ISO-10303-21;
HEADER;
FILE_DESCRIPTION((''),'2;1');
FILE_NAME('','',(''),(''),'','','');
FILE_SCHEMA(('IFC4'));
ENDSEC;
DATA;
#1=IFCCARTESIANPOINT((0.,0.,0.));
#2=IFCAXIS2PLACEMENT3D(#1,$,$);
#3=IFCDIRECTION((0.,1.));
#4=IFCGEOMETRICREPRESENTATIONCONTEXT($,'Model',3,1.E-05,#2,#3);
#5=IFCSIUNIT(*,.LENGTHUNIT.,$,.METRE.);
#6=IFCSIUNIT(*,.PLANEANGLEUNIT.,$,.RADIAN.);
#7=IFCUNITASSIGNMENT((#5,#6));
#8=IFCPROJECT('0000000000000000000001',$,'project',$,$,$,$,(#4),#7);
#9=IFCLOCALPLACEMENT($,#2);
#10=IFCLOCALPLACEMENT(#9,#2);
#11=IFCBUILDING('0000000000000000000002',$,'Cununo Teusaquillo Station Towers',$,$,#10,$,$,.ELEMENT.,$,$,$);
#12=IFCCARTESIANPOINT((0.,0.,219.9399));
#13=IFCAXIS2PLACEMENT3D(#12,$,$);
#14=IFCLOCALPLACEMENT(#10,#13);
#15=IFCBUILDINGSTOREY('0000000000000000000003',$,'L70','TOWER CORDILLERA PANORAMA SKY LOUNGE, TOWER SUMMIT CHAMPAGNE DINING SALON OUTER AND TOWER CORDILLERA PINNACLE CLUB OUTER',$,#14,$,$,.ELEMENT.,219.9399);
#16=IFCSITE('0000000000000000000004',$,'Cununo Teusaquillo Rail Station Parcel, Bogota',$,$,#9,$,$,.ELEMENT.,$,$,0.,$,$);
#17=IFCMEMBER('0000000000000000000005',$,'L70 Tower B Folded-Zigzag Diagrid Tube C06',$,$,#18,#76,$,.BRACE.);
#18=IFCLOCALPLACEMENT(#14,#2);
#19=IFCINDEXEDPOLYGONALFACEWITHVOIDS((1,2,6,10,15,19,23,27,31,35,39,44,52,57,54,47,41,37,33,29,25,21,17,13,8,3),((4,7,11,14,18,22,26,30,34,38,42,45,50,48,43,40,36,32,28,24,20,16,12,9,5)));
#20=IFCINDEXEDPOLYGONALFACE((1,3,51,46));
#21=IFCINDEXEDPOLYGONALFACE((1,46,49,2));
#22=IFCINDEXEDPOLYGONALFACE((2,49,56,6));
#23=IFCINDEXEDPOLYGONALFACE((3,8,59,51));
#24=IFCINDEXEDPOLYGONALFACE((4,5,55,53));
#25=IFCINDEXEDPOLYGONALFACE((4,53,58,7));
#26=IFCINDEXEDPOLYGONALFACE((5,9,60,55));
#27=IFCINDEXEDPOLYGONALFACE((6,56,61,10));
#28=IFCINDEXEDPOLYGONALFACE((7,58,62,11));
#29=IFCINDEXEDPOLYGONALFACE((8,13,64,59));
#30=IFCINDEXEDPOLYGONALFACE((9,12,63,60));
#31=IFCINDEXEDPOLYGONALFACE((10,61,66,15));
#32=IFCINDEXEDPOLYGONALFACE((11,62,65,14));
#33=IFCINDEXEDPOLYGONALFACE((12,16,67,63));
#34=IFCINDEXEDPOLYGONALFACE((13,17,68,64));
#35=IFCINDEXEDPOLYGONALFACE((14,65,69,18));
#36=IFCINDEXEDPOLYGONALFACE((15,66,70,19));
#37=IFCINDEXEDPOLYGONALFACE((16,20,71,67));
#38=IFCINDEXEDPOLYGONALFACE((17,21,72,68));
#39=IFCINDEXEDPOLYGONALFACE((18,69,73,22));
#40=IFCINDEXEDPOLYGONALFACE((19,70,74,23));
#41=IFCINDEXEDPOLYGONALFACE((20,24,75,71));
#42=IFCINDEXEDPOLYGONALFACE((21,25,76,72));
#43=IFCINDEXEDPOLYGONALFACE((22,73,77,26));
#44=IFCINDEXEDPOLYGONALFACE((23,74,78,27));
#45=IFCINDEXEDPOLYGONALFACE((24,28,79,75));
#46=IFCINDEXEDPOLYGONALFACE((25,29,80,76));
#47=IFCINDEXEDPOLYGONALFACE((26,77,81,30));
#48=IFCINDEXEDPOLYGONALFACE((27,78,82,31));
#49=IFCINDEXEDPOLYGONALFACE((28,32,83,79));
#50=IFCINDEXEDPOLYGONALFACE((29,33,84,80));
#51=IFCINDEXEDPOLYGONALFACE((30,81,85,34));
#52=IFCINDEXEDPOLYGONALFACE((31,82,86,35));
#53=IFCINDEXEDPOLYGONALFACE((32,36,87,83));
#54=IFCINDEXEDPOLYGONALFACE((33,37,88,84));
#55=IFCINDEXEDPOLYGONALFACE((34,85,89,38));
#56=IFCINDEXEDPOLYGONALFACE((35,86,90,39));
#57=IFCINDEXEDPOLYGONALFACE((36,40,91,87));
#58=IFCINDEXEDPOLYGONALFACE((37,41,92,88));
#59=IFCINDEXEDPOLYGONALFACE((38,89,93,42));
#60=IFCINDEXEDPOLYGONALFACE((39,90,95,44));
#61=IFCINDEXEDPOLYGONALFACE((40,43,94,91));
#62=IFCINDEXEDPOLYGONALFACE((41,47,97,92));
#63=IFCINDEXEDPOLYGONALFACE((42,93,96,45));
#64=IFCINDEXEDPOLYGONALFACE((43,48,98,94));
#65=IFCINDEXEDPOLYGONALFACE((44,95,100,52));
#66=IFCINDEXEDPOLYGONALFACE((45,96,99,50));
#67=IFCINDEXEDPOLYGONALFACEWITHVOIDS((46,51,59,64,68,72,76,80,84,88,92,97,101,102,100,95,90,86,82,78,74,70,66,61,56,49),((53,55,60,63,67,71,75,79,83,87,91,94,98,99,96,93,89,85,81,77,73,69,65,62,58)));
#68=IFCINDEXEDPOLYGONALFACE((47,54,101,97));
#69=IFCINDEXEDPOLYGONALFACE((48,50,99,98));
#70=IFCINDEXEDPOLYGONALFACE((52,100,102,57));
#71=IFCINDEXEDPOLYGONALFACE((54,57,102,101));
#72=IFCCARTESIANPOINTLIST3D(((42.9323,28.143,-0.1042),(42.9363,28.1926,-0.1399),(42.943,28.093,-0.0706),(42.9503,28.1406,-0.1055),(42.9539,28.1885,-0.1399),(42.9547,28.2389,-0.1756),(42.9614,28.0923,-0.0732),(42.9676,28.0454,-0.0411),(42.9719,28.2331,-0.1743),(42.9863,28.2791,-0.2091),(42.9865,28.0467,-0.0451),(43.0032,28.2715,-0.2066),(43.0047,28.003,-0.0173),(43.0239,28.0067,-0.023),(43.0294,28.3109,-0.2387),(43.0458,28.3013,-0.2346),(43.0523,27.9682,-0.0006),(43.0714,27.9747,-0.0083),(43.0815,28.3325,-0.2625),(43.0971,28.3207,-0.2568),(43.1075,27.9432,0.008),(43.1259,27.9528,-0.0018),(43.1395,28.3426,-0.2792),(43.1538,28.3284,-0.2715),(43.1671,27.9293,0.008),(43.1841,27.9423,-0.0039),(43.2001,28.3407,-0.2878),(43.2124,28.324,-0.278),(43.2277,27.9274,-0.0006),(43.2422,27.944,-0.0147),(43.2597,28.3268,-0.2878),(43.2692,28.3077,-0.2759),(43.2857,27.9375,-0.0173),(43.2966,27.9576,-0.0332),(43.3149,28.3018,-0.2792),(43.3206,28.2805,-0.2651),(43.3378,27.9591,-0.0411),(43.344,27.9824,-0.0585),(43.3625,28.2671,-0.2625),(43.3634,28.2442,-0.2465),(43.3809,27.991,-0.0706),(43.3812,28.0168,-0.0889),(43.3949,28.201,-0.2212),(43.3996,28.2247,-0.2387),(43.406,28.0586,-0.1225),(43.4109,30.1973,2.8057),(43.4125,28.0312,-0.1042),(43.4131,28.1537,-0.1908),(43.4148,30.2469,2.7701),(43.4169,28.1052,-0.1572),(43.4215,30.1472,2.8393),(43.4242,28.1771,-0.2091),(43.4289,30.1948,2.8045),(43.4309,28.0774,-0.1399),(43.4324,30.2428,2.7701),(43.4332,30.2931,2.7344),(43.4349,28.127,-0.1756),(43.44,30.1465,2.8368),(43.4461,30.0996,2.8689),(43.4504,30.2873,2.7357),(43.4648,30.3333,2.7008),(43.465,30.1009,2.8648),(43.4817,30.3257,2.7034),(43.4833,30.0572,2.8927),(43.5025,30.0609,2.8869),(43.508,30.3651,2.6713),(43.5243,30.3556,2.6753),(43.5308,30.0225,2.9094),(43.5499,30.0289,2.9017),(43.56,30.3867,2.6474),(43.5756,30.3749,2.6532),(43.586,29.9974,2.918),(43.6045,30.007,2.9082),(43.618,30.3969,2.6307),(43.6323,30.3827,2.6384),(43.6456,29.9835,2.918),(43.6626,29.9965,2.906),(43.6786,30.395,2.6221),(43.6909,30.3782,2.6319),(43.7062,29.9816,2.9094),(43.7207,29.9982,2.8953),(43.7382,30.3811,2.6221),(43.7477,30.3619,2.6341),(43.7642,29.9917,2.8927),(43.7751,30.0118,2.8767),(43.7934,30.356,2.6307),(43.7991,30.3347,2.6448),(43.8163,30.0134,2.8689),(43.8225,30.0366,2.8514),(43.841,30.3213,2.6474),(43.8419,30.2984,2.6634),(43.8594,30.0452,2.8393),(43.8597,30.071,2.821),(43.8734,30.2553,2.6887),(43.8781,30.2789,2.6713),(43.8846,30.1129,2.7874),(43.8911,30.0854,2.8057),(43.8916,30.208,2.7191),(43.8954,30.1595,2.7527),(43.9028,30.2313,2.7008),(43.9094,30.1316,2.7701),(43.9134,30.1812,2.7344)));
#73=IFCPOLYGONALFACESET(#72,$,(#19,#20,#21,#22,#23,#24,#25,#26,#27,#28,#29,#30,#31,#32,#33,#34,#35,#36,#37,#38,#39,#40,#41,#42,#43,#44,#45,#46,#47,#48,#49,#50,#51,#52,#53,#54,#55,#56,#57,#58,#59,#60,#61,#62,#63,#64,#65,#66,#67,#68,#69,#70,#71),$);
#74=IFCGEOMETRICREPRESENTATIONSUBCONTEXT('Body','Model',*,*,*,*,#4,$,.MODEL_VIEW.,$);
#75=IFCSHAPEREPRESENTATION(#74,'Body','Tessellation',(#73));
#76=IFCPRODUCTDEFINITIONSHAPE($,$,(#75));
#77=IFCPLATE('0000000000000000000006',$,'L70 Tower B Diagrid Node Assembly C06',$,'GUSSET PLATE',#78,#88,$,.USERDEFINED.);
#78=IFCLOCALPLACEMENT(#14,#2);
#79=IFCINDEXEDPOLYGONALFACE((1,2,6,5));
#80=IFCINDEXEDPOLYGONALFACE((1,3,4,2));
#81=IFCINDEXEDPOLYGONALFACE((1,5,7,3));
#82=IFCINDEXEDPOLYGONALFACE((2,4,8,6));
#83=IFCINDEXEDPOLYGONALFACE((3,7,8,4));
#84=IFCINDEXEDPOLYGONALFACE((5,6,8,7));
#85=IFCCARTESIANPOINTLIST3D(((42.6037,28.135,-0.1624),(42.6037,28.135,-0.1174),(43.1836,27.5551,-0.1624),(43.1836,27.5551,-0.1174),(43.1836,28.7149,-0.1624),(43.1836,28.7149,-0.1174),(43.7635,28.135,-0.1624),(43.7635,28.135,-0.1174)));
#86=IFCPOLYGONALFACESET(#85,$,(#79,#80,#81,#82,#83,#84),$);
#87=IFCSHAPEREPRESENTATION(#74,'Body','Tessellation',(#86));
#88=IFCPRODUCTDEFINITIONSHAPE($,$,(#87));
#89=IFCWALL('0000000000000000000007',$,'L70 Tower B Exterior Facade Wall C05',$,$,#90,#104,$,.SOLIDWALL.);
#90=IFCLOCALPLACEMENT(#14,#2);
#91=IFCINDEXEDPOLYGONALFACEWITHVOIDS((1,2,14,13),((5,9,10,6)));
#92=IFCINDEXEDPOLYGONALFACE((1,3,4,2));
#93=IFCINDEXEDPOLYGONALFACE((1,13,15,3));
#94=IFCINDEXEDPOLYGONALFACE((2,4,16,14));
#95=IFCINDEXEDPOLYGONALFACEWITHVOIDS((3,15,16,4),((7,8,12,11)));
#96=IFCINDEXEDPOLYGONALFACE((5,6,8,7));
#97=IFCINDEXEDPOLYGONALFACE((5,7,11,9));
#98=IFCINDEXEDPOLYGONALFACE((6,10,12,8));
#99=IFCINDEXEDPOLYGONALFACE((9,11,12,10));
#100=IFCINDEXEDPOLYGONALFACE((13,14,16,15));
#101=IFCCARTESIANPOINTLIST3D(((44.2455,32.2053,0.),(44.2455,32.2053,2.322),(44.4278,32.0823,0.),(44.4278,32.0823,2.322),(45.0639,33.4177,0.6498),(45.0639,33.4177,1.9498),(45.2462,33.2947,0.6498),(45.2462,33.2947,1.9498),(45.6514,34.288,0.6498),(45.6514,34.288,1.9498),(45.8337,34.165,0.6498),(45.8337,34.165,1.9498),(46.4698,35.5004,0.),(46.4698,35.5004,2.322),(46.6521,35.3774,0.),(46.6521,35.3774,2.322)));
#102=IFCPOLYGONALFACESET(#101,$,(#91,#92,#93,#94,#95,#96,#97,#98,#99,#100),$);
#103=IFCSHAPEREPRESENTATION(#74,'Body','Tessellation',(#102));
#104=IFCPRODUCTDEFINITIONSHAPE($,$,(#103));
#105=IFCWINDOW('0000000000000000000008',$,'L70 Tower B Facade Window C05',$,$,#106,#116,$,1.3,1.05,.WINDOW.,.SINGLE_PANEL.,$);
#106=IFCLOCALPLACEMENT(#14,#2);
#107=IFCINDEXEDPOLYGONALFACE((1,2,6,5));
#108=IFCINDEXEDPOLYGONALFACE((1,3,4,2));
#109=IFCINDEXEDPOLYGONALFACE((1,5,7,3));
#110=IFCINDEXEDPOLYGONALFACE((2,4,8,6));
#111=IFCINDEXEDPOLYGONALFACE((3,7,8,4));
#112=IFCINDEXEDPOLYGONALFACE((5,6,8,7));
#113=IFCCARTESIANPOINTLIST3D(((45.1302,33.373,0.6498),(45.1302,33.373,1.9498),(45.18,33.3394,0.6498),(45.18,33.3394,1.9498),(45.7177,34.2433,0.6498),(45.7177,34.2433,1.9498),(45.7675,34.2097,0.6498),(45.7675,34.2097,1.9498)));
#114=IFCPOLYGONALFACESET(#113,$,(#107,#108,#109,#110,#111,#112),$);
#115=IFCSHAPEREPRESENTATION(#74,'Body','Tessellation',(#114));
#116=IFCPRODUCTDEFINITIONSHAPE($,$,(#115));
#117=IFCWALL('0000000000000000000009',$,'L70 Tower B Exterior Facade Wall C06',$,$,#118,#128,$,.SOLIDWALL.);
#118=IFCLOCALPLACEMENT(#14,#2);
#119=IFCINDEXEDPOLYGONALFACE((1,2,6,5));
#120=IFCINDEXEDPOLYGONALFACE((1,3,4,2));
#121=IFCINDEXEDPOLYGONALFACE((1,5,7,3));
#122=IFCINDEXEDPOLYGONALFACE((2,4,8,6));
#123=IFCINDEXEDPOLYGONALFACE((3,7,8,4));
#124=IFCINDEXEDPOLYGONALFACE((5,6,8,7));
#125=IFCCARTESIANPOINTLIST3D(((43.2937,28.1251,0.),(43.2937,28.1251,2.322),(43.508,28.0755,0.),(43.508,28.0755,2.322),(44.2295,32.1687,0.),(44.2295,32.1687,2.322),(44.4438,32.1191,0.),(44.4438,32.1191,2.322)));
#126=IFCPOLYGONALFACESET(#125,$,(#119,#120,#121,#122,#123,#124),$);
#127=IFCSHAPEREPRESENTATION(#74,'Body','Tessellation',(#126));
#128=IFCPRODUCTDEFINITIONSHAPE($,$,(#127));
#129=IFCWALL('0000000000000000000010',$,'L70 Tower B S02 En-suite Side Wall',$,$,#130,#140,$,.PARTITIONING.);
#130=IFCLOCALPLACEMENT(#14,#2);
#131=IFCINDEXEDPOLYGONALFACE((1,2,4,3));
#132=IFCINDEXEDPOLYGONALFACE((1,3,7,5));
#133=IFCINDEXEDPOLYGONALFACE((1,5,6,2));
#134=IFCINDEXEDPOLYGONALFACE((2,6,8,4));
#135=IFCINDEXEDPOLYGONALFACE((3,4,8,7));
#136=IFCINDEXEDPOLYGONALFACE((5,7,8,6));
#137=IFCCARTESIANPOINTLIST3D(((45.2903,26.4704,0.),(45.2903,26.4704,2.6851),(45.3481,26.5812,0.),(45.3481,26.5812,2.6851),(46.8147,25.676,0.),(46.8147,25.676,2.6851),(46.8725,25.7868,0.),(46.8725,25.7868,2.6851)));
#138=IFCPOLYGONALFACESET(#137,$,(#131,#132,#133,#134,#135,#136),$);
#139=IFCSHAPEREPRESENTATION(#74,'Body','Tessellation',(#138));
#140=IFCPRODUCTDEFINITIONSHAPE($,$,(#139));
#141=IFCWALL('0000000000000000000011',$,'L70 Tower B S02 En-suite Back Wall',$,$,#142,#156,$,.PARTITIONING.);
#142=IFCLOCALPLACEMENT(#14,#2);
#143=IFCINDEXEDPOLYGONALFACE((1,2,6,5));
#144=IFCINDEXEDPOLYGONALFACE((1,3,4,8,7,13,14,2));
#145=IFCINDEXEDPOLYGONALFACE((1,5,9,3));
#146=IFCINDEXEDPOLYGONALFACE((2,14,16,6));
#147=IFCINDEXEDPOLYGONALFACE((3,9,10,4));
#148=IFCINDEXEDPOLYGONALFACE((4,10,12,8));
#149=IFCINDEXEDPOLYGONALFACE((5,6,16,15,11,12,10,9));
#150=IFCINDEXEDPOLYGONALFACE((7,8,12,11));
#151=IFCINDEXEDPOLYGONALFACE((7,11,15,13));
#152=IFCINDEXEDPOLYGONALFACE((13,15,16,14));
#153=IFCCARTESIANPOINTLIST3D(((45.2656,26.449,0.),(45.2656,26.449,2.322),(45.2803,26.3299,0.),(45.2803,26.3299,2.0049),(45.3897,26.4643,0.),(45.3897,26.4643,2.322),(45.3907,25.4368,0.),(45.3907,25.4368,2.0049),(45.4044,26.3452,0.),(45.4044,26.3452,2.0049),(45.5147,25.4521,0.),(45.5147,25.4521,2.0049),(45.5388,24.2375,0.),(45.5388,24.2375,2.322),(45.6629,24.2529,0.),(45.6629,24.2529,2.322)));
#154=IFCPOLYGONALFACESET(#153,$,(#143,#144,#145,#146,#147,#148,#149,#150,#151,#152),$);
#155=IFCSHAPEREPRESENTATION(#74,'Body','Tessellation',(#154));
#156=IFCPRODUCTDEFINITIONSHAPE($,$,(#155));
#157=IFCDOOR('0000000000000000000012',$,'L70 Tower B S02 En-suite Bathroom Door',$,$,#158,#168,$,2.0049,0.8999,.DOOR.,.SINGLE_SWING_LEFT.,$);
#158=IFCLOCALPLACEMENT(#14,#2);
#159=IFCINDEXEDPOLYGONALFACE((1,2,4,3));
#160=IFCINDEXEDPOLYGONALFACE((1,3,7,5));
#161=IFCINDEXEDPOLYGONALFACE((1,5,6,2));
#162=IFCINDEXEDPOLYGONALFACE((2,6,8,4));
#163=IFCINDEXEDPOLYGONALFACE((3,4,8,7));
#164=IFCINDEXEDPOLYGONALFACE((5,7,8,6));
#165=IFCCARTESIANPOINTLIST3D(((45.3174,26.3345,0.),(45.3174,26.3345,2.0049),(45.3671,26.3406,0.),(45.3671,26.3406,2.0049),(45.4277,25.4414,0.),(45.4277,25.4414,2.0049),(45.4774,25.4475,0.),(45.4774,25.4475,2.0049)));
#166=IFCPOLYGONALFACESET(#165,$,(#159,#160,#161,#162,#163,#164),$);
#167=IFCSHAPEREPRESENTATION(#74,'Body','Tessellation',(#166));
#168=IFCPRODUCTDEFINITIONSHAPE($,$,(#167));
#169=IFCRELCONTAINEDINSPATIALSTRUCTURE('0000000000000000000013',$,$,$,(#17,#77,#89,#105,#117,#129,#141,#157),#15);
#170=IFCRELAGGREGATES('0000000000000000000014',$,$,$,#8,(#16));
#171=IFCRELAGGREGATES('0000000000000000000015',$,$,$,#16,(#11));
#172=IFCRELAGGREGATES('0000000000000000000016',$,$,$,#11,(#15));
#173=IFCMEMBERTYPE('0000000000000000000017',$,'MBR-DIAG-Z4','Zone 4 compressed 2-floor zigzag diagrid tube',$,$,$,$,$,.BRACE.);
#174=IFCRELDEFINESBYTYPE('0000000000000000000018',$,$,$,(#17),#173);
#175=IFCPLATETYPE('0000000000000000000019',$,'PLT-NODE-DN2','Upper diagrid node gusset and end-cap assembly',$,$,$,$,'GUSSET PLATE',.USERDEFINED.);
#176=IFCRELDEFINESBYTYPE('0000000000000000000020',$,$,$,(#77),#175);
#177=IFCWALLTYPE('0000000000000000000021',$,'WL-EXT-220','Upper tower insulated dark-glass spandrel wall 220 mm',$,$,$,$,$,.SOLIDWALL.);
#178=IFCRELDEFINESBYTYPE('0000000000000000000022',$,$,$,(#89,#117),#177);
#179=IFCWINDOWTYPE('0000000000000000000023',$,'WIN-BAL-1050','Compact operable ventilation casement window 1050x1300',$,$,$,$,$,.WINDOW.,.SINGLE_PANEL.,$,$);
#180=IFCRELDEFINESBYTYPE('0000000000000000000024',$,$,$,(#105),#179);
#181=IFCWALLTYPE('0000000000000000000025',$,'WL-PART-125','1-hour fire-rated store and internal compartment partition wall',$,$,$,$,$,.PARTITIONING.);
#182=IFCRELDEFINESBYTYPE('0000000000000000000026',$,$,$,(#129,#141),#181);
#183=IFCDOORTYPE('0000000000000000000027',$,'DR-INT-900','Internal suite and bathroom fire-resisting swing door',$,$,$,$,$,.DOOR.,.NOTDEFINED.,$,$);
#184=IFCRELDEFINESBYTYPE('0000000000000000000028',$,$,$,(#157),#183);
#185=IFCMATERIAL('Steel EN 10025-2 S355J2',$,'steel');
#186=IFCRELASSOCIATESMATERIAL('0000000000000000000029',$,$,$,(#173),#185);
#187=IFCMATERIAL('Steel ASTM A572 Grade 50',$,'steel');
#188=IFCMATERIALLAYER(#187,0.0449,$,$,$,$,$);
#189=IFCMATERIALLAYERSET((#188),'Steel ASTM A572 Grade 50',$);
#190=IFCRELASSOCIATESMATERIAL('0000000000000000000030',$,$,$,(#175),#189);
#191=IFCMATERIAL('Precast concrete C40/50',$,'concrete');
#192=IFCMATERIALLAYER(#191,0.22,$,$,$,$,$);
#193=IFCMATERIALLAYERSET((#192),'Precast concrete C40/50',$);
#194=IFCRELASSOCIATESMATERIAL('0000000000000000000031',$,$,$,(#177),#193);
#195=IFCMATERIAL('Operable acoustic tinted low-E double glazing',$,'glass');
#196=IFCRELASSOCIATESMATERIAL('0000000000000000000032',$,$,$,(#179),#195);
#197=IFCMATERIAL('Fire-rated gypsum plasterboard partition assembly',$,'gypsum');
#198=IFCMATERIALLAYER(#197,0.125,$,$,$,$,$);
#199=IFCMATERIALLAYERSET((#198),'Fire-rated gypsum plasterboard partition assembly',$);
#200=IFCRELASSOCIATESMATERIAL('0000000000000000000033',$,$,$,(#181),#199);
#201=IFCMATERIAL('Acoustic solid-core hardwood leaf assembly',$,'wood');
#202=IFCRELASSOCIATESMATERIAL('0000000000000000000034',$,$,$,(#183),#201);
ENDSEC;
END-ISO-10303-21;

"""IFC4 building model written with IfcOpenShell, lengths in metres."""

from ifc_helpers import new_model, si_unit, direction, frame, frame_2d, origin, origin_2d, place, context, subcontext, project, spatial, rectangle, hollow_circle, extrude, source, transform, mapped, material, layer, layer_set, material_profile, profile_set, type_object, element, fill, save


model = new_model("IFC4")

# Units and contexts
model_context = context("Model", 3, precision=1e-05, world=origin(), true_north=direction((0.0, 1.0)))
body_context = subcontext(model_context, "Body", "Model", "MODEL_VIEW")
ifc_project = project(units=[si_unit("LENGTHUNIT", "METRE"), si_unit("PLANEANGLEUNIT", "RADIAN")], contexts=[model_context])

# Site, building, storey
site_placement = place(None, origin())
site = spatial("IfcSite", under=ifc_project, at=site_placement, Name="Cununo Teusaquillo Rail Station Parcel, Bogota", CompositionType="ELEMENT", RefElevation=0.0)
building_placement = place(site_placement, origin())
building = spatial("IfcBuilding", under=site, at=building_placement, Name="Cununo Teusaquillo Station Towers", CompositionType="ELEMENT")
storey_placement = place(building_placement, frame((0.0, 0.0, 219.9399)))
storey = spatial("IfcBuildingStorey", under=building, at=storey_placement, Name="L70", Description="TOWER CORDILLERA PANORAMA SKY LOUNGE, TOWER SUMMIT CHAMPAGNE DINING SALON OUTER AND TOWER CORDILLERA PINNACLE CLUB OUTER", CompositionType="ELEMENT", Elevation=219.9399)

# Member
ifc_material_1 = material(Name="Steel EN 10025-2 S355J2", Category="steel")
ifc_material_profile_1 = material_profile(ifc_material_1, hollow_circle(Radius=0.2539, WallThickness=0.0181, at=origin_2d()), Name="CHS 508x18")
ifc_profile_set_1 = profile_set([ifc_material_profile_1], Name="Steel EN 10025-2 S355J2")
member_type = type_object("IfcMemberType", Name="MBR-DIAG-Z4", Description="Zone 4 compressed 2-floor zigzag diagrid tube", PredefinedType="BRACE", material=ifc_profile_set_1)
member_placement = place(storey_placement, frame((43.1836, 28.135, -0.1399), z_axis=(0.133146, 0.571575, 0.809675), x_axis=(-0.973925, 0.226871, 0.0)))
element("IfcMember", 1, at=member_placement, inside=storey, type_object=member_type, Name="L70 Tower B Folded-Zigzag Diagrid Tube C06", PredefinedType="BRACE", context=body_context, shape_type="SweptSolid", body=[
    extrude(hollow_circle(Radius=0.2539, WallThickness=0.0181, at=origin_2d()), origin(), (0.0, 0.0, 1.0), 3.594),
])

# Plate
ifc_material_2 = material(Name="Steel ASTM A572 Grade 50", Category="steel")
ifc_layer_1 = layer(ifc_material_2, 0.0449)
ifc_layer_set_1 = layer_set([ifc_layer_1], Name="Steel ASTM A572 Grade 50")
plate_type = type_object("IfcPlateType", Name="PLT-NODE-DN2", Description="Upper diagrid node gusset and end-cap assembly", ElementType="GUSSET PLATE", PredefinedType="USERDEFINED", material=ifc_layer_set_1)
shared_shape_1 = source(origin(), body_context, "Body", "SweptSolid", [
    extrude(rectangle(XDim=0.8201, YDim=0.8201, at=origin_2d()), origin(), (0.0, 0.0, 1.0), 0.0449),
])
plate_placement = place(storey_placement, frame((43.1836, 28.135, -0.1624), z_axis=(0.0, 0.0, 1.0), x_axis=(0.707107, 0.707107, 0.0)))
element("IfcPlate", 2, at=plate_placement, inside=storey, type_object=plate_type, Name="L70 Tower B Diagrid Node Assembly C06", ObjectType="GUSSET PLATE", PredefinedType="USERDEFINED", context=body_context, shape_type="MappedRepresentation", body=[
    mapped(shared_shape_1, transform((0.0, 0.0, 0.0), x_axis=(1.0, 0.0, 0.0), y_axis=(0.0, 1.0, 0.0), z_axis=(0.0, 0.0, 1.0), scale=1.0)),
])

# Wall, opening, window
ifc_material_3 = material(Name="Precast concrete C40/50", Category="concrete")
ifc_layer_2 = layer(ifc_material_3, 0.22)
ifc_layer_set_2 = layer_set([ifc_layer_2], Name="Precast concrete C40/50")
wall_type_1 = type_object("IfcWallType", Name="WL-EXT-220", Description="Upper tower insulated dark-glass spandrel wall 220 mm", PredefinedType="SOLIDWALL", material=ifc_layer_set_2)
wall_1_placement = place(storey_placement, frame((44.3367, 32.1438, 0.0), z_axis=(0.0, 0.0, 1.0), x_axis=(0.559495, 0.828834, 0.0)))
wall_1 = element("IfcWall", 3, at=wall_1_placement, inside=storey, type_object=wall_type_1, Name="L70 Tower B Exterior Facade Wall C05", PredefinedType="SOLIDWALL", context=body_context, shape_type="SweptSolid", body=[
    extrude(rectangle(XDim=3.9756, YDim=0.22, at=frame_2d((1.9878, 0.0))), origin(), (0.0, 0.0, 1.0), 2.322),
])
shared_shape_2 = source(origin(), body_context, "Body", "SweptSolid", [
    extrude(rectangle(XDim=1.05, YDim=1.3, at=frame_2d((0.5249, 0.6499))), frame((0.0, 0.1199, 0.0), z_axis=(0.0, -1.0, 0.0), x_axis=(1.0, 0.0, 0.0)), (0.0, 0.0, 1.0), 0.24),
])
opening_1_placement = place(wall_1_placement, frame((1.4629, 0.0, 0.6499)))
opening_1 = element("IfcOpeningElement", 4, at=opening_1_placement, cuts=wall_1, PredefinedType="OPENING", context=body_context, shape_type="MappedRepresentation", body=[
    mapped(shared_shape_2, transform((0.0, 0.0, 0.0), x_axis=(1.0, 0.0, 0.0), y_axis=(0.0, 1.0, 0.0), z_axis=(0.0, 0.0, 1.0), scale=1.0)),
])
ifc_material_4 = material(Name="Operable acoustic tinted low-E double glazing", Category="glass")
window_type = type_object("IfcWindowType", Name="WIN-BAL-1050", Description="Compact operable ventilation casement window 1050x1300", PartitioningType="SINGLE_PANEL", PredefinedType="WINDOW", material=ifc_material_4)
shared_shape_3 = source(origin(), body_context, "Body", "SweptSolid", [
    extrude(rectangle(XDim=1.05, YDim=1.3, at=frame_2d((0.5249, 0.6499))), frame((0.0, 0.03, 0.0), z_axis=(0.0, -1.0, 0.0), x_axis=(1.0, 0.0, 0.0)), (0.0, 0.0, 1.0), 0.0601),
])
window_placement = place(opening_1_placement, origin())
window = element("IfcWindow", 5, at=window_placement, inside=storey, type_object=window_type, Name="L70 Tower B Facade Window C05", OverallHeight=1.3, OverallWidth=1.05, PartitioningType="SINGLE_PANEL", PredefinedType="WINDOW", context=body_context, shape_type="MappedRepresentation", body=[
    mapped(shared_shape_3, transform((0.0, 0.0, 0.0), x_axis=(1.0, 0.0, 0.0), y_axis=(0.0, 1.0, 0.0), z_axis=(0.0, 0.0, 1.0), scale=1.0)),
])
fill(opening_1, window)

# Walls
wall_2_placement = place(storey_placement, frame((43.4009, 28.1003, 0.0), z_axis=(0.0, 0.0, 1.0), x_axis=(0.225474, 0.974249, 0.0)))
element("IfcWall", 6, at=wall_2_placement, inside=storey, type_object=wall_type_1, Name="L70 Tower B Exterior Facade Wall C06", PredefinedType="SOLIDWALL", context=body_context, shape_type="SweptSolid", body=[
    extrude(rectangle(XDim=4.1504, YDim=0.22, at=frame_2d((2.0752, 0.0))), origin(), (0.0, 0.0, 1.0), 2.322),
])
ifc_material_5 = material(Name="Fire-rated gypsum plasterboard partition assembly", Category="gypsum")
ifc_layer_3 = layer(ifc_material_5, 0.125)
ifc_layer_set_3 = layer_set([ifc_layer_3], Name="Fire-rated gypsum plasterboard partition assembly")
wall_type_2 = type_object("IfcWallType", Name="WL-PART-125", Description="1-hour fire-rated store and internal compartment partition wall", PredefinedType="PARTITIONING", material=ifc_layer_set_3)
wall_3_placement = place(storey_placement, frame((46.8435, 25.7314, 0.0), z_axis=(0.0, 0.0, 1.0), x_axis=(-0.886803, 0.462149, 0.0)))
element("IfcWall", 7, at=wall_3_placement, inside=storey, type_object=wall_type_2, Name="L70 Tower B S02 En-suite Side Wall", PredefinedType="PARTITIONING", context=body_context, shape_type="SweptSolid", body=[
    extrude(rectangle(XDim=1.719, YDim=0.125, at=frame_2d((0.8594, 0.0))), origin(), (0.0, 0.0, 1.0), 2.6851),
])

# Wall, opening, door
wall_4_placement = place(storey_placement, frame((45.3276, 26.4568, 0.0), z_axis=(0.0, 0.0, 1.0), x_axis=(0.122605, -0.992456, 0.0)))
wall_4 = element("IfcWall", 8, at=wall_4_placement, inside=storey, type_object=wall_type_2, Name="L70 Tower B S02 En-suite Back Wall", PredefinedType="PARTITIONING", context=body_context, shape_type="SweptSolid", body=[
    extrude(rectangle(XDim=2.2283, YDim=0.125, at=frame_2d((1.1143, 0.0))), origin(), (0.0, 0.0, 1.0), 2.322),
])
shared_shape_4 = source(origin(), body_context, "Body", "SweptSolid", [
    extrude(rectangle(XDim=0.8999, YDim=2.0049, at=frame_2d((0.45, 1.0024))), frame((0.0, 0.0725, 0.0), z_axis=(0.0, -1.0, 0.0), x_axis=(1.0, 0.0, 0.0)), (0.0, 0.0, 1.0), 0.145),
])
opening_2_placement = place(wall_4_placement, frame((0.1201, 0.0, 0.0)))
opening_2 = element("IfcOpeningElement", 9, at=opening_2_placement, cuts=wall_4, PredefinedType="OPENING", context=body_context, shape_type="MappedRepresentation", body=[
    mapped(shared_shape_4, transform((0.0, 0.0, 0.0), x_axis=(1.0, 0.0, 0.0), y_axis=(0.0, 1.0, 0.0), z_axis=(0.0, 0.0, 1.0), scale=1.0)),
])
ifc_material_6 = material(Name="Acoustic solid-core hardwood leaf assembly", Category="wood")
door_type_1 = type_object("IfcDoorType", Name="DR-INT-900", Description="Internal suite and bathroom fire-resisting swing door", OperationType="NOTDEFINED", PredefinedType="DOOR", material=ifc_material_6)
shared_shape_5 = source(origin(), body_context, "Body", "SweptSolid", [
    extrude(rectangle(XDim=0.8999, YDim=2.0049, at=frame_2d((0.45, 1.0024))), frame((0.0, 0.0249, 0.0), z_axis=(0.0, -1.0, 0.0), x_axis=(1.0, 0.0, 0.0)), (0.0, 0.0, 1.0), 0.05),
])
door_1_placement = place(opening_2_placement, origin())
door_1 = element("IfcDoor", 10, at=door_1_placement, inside=storey, type_object=door_type_1, Name="L70 Tower B S02 En-suite Bathroom Door", OperationType="SINGLE_SWING_LEFT", OverallHeight=2.0049, OverallWidth=0.8999, PredefinedType="DOOR", context=body_context, shape_type="MappedRepresentation", body=[
    mapped(shared_shape_5, transform((0.0, 0.0, 0.0), x_axis=(1.0, 0.0, 0.0), y_axis=(0.0, 1.0, 0.0), z_axis=(0.0, 0.0, 1.0), scale=1.0)),
])
fill(opening_2, door_1)

save(model, "model.ifc")
